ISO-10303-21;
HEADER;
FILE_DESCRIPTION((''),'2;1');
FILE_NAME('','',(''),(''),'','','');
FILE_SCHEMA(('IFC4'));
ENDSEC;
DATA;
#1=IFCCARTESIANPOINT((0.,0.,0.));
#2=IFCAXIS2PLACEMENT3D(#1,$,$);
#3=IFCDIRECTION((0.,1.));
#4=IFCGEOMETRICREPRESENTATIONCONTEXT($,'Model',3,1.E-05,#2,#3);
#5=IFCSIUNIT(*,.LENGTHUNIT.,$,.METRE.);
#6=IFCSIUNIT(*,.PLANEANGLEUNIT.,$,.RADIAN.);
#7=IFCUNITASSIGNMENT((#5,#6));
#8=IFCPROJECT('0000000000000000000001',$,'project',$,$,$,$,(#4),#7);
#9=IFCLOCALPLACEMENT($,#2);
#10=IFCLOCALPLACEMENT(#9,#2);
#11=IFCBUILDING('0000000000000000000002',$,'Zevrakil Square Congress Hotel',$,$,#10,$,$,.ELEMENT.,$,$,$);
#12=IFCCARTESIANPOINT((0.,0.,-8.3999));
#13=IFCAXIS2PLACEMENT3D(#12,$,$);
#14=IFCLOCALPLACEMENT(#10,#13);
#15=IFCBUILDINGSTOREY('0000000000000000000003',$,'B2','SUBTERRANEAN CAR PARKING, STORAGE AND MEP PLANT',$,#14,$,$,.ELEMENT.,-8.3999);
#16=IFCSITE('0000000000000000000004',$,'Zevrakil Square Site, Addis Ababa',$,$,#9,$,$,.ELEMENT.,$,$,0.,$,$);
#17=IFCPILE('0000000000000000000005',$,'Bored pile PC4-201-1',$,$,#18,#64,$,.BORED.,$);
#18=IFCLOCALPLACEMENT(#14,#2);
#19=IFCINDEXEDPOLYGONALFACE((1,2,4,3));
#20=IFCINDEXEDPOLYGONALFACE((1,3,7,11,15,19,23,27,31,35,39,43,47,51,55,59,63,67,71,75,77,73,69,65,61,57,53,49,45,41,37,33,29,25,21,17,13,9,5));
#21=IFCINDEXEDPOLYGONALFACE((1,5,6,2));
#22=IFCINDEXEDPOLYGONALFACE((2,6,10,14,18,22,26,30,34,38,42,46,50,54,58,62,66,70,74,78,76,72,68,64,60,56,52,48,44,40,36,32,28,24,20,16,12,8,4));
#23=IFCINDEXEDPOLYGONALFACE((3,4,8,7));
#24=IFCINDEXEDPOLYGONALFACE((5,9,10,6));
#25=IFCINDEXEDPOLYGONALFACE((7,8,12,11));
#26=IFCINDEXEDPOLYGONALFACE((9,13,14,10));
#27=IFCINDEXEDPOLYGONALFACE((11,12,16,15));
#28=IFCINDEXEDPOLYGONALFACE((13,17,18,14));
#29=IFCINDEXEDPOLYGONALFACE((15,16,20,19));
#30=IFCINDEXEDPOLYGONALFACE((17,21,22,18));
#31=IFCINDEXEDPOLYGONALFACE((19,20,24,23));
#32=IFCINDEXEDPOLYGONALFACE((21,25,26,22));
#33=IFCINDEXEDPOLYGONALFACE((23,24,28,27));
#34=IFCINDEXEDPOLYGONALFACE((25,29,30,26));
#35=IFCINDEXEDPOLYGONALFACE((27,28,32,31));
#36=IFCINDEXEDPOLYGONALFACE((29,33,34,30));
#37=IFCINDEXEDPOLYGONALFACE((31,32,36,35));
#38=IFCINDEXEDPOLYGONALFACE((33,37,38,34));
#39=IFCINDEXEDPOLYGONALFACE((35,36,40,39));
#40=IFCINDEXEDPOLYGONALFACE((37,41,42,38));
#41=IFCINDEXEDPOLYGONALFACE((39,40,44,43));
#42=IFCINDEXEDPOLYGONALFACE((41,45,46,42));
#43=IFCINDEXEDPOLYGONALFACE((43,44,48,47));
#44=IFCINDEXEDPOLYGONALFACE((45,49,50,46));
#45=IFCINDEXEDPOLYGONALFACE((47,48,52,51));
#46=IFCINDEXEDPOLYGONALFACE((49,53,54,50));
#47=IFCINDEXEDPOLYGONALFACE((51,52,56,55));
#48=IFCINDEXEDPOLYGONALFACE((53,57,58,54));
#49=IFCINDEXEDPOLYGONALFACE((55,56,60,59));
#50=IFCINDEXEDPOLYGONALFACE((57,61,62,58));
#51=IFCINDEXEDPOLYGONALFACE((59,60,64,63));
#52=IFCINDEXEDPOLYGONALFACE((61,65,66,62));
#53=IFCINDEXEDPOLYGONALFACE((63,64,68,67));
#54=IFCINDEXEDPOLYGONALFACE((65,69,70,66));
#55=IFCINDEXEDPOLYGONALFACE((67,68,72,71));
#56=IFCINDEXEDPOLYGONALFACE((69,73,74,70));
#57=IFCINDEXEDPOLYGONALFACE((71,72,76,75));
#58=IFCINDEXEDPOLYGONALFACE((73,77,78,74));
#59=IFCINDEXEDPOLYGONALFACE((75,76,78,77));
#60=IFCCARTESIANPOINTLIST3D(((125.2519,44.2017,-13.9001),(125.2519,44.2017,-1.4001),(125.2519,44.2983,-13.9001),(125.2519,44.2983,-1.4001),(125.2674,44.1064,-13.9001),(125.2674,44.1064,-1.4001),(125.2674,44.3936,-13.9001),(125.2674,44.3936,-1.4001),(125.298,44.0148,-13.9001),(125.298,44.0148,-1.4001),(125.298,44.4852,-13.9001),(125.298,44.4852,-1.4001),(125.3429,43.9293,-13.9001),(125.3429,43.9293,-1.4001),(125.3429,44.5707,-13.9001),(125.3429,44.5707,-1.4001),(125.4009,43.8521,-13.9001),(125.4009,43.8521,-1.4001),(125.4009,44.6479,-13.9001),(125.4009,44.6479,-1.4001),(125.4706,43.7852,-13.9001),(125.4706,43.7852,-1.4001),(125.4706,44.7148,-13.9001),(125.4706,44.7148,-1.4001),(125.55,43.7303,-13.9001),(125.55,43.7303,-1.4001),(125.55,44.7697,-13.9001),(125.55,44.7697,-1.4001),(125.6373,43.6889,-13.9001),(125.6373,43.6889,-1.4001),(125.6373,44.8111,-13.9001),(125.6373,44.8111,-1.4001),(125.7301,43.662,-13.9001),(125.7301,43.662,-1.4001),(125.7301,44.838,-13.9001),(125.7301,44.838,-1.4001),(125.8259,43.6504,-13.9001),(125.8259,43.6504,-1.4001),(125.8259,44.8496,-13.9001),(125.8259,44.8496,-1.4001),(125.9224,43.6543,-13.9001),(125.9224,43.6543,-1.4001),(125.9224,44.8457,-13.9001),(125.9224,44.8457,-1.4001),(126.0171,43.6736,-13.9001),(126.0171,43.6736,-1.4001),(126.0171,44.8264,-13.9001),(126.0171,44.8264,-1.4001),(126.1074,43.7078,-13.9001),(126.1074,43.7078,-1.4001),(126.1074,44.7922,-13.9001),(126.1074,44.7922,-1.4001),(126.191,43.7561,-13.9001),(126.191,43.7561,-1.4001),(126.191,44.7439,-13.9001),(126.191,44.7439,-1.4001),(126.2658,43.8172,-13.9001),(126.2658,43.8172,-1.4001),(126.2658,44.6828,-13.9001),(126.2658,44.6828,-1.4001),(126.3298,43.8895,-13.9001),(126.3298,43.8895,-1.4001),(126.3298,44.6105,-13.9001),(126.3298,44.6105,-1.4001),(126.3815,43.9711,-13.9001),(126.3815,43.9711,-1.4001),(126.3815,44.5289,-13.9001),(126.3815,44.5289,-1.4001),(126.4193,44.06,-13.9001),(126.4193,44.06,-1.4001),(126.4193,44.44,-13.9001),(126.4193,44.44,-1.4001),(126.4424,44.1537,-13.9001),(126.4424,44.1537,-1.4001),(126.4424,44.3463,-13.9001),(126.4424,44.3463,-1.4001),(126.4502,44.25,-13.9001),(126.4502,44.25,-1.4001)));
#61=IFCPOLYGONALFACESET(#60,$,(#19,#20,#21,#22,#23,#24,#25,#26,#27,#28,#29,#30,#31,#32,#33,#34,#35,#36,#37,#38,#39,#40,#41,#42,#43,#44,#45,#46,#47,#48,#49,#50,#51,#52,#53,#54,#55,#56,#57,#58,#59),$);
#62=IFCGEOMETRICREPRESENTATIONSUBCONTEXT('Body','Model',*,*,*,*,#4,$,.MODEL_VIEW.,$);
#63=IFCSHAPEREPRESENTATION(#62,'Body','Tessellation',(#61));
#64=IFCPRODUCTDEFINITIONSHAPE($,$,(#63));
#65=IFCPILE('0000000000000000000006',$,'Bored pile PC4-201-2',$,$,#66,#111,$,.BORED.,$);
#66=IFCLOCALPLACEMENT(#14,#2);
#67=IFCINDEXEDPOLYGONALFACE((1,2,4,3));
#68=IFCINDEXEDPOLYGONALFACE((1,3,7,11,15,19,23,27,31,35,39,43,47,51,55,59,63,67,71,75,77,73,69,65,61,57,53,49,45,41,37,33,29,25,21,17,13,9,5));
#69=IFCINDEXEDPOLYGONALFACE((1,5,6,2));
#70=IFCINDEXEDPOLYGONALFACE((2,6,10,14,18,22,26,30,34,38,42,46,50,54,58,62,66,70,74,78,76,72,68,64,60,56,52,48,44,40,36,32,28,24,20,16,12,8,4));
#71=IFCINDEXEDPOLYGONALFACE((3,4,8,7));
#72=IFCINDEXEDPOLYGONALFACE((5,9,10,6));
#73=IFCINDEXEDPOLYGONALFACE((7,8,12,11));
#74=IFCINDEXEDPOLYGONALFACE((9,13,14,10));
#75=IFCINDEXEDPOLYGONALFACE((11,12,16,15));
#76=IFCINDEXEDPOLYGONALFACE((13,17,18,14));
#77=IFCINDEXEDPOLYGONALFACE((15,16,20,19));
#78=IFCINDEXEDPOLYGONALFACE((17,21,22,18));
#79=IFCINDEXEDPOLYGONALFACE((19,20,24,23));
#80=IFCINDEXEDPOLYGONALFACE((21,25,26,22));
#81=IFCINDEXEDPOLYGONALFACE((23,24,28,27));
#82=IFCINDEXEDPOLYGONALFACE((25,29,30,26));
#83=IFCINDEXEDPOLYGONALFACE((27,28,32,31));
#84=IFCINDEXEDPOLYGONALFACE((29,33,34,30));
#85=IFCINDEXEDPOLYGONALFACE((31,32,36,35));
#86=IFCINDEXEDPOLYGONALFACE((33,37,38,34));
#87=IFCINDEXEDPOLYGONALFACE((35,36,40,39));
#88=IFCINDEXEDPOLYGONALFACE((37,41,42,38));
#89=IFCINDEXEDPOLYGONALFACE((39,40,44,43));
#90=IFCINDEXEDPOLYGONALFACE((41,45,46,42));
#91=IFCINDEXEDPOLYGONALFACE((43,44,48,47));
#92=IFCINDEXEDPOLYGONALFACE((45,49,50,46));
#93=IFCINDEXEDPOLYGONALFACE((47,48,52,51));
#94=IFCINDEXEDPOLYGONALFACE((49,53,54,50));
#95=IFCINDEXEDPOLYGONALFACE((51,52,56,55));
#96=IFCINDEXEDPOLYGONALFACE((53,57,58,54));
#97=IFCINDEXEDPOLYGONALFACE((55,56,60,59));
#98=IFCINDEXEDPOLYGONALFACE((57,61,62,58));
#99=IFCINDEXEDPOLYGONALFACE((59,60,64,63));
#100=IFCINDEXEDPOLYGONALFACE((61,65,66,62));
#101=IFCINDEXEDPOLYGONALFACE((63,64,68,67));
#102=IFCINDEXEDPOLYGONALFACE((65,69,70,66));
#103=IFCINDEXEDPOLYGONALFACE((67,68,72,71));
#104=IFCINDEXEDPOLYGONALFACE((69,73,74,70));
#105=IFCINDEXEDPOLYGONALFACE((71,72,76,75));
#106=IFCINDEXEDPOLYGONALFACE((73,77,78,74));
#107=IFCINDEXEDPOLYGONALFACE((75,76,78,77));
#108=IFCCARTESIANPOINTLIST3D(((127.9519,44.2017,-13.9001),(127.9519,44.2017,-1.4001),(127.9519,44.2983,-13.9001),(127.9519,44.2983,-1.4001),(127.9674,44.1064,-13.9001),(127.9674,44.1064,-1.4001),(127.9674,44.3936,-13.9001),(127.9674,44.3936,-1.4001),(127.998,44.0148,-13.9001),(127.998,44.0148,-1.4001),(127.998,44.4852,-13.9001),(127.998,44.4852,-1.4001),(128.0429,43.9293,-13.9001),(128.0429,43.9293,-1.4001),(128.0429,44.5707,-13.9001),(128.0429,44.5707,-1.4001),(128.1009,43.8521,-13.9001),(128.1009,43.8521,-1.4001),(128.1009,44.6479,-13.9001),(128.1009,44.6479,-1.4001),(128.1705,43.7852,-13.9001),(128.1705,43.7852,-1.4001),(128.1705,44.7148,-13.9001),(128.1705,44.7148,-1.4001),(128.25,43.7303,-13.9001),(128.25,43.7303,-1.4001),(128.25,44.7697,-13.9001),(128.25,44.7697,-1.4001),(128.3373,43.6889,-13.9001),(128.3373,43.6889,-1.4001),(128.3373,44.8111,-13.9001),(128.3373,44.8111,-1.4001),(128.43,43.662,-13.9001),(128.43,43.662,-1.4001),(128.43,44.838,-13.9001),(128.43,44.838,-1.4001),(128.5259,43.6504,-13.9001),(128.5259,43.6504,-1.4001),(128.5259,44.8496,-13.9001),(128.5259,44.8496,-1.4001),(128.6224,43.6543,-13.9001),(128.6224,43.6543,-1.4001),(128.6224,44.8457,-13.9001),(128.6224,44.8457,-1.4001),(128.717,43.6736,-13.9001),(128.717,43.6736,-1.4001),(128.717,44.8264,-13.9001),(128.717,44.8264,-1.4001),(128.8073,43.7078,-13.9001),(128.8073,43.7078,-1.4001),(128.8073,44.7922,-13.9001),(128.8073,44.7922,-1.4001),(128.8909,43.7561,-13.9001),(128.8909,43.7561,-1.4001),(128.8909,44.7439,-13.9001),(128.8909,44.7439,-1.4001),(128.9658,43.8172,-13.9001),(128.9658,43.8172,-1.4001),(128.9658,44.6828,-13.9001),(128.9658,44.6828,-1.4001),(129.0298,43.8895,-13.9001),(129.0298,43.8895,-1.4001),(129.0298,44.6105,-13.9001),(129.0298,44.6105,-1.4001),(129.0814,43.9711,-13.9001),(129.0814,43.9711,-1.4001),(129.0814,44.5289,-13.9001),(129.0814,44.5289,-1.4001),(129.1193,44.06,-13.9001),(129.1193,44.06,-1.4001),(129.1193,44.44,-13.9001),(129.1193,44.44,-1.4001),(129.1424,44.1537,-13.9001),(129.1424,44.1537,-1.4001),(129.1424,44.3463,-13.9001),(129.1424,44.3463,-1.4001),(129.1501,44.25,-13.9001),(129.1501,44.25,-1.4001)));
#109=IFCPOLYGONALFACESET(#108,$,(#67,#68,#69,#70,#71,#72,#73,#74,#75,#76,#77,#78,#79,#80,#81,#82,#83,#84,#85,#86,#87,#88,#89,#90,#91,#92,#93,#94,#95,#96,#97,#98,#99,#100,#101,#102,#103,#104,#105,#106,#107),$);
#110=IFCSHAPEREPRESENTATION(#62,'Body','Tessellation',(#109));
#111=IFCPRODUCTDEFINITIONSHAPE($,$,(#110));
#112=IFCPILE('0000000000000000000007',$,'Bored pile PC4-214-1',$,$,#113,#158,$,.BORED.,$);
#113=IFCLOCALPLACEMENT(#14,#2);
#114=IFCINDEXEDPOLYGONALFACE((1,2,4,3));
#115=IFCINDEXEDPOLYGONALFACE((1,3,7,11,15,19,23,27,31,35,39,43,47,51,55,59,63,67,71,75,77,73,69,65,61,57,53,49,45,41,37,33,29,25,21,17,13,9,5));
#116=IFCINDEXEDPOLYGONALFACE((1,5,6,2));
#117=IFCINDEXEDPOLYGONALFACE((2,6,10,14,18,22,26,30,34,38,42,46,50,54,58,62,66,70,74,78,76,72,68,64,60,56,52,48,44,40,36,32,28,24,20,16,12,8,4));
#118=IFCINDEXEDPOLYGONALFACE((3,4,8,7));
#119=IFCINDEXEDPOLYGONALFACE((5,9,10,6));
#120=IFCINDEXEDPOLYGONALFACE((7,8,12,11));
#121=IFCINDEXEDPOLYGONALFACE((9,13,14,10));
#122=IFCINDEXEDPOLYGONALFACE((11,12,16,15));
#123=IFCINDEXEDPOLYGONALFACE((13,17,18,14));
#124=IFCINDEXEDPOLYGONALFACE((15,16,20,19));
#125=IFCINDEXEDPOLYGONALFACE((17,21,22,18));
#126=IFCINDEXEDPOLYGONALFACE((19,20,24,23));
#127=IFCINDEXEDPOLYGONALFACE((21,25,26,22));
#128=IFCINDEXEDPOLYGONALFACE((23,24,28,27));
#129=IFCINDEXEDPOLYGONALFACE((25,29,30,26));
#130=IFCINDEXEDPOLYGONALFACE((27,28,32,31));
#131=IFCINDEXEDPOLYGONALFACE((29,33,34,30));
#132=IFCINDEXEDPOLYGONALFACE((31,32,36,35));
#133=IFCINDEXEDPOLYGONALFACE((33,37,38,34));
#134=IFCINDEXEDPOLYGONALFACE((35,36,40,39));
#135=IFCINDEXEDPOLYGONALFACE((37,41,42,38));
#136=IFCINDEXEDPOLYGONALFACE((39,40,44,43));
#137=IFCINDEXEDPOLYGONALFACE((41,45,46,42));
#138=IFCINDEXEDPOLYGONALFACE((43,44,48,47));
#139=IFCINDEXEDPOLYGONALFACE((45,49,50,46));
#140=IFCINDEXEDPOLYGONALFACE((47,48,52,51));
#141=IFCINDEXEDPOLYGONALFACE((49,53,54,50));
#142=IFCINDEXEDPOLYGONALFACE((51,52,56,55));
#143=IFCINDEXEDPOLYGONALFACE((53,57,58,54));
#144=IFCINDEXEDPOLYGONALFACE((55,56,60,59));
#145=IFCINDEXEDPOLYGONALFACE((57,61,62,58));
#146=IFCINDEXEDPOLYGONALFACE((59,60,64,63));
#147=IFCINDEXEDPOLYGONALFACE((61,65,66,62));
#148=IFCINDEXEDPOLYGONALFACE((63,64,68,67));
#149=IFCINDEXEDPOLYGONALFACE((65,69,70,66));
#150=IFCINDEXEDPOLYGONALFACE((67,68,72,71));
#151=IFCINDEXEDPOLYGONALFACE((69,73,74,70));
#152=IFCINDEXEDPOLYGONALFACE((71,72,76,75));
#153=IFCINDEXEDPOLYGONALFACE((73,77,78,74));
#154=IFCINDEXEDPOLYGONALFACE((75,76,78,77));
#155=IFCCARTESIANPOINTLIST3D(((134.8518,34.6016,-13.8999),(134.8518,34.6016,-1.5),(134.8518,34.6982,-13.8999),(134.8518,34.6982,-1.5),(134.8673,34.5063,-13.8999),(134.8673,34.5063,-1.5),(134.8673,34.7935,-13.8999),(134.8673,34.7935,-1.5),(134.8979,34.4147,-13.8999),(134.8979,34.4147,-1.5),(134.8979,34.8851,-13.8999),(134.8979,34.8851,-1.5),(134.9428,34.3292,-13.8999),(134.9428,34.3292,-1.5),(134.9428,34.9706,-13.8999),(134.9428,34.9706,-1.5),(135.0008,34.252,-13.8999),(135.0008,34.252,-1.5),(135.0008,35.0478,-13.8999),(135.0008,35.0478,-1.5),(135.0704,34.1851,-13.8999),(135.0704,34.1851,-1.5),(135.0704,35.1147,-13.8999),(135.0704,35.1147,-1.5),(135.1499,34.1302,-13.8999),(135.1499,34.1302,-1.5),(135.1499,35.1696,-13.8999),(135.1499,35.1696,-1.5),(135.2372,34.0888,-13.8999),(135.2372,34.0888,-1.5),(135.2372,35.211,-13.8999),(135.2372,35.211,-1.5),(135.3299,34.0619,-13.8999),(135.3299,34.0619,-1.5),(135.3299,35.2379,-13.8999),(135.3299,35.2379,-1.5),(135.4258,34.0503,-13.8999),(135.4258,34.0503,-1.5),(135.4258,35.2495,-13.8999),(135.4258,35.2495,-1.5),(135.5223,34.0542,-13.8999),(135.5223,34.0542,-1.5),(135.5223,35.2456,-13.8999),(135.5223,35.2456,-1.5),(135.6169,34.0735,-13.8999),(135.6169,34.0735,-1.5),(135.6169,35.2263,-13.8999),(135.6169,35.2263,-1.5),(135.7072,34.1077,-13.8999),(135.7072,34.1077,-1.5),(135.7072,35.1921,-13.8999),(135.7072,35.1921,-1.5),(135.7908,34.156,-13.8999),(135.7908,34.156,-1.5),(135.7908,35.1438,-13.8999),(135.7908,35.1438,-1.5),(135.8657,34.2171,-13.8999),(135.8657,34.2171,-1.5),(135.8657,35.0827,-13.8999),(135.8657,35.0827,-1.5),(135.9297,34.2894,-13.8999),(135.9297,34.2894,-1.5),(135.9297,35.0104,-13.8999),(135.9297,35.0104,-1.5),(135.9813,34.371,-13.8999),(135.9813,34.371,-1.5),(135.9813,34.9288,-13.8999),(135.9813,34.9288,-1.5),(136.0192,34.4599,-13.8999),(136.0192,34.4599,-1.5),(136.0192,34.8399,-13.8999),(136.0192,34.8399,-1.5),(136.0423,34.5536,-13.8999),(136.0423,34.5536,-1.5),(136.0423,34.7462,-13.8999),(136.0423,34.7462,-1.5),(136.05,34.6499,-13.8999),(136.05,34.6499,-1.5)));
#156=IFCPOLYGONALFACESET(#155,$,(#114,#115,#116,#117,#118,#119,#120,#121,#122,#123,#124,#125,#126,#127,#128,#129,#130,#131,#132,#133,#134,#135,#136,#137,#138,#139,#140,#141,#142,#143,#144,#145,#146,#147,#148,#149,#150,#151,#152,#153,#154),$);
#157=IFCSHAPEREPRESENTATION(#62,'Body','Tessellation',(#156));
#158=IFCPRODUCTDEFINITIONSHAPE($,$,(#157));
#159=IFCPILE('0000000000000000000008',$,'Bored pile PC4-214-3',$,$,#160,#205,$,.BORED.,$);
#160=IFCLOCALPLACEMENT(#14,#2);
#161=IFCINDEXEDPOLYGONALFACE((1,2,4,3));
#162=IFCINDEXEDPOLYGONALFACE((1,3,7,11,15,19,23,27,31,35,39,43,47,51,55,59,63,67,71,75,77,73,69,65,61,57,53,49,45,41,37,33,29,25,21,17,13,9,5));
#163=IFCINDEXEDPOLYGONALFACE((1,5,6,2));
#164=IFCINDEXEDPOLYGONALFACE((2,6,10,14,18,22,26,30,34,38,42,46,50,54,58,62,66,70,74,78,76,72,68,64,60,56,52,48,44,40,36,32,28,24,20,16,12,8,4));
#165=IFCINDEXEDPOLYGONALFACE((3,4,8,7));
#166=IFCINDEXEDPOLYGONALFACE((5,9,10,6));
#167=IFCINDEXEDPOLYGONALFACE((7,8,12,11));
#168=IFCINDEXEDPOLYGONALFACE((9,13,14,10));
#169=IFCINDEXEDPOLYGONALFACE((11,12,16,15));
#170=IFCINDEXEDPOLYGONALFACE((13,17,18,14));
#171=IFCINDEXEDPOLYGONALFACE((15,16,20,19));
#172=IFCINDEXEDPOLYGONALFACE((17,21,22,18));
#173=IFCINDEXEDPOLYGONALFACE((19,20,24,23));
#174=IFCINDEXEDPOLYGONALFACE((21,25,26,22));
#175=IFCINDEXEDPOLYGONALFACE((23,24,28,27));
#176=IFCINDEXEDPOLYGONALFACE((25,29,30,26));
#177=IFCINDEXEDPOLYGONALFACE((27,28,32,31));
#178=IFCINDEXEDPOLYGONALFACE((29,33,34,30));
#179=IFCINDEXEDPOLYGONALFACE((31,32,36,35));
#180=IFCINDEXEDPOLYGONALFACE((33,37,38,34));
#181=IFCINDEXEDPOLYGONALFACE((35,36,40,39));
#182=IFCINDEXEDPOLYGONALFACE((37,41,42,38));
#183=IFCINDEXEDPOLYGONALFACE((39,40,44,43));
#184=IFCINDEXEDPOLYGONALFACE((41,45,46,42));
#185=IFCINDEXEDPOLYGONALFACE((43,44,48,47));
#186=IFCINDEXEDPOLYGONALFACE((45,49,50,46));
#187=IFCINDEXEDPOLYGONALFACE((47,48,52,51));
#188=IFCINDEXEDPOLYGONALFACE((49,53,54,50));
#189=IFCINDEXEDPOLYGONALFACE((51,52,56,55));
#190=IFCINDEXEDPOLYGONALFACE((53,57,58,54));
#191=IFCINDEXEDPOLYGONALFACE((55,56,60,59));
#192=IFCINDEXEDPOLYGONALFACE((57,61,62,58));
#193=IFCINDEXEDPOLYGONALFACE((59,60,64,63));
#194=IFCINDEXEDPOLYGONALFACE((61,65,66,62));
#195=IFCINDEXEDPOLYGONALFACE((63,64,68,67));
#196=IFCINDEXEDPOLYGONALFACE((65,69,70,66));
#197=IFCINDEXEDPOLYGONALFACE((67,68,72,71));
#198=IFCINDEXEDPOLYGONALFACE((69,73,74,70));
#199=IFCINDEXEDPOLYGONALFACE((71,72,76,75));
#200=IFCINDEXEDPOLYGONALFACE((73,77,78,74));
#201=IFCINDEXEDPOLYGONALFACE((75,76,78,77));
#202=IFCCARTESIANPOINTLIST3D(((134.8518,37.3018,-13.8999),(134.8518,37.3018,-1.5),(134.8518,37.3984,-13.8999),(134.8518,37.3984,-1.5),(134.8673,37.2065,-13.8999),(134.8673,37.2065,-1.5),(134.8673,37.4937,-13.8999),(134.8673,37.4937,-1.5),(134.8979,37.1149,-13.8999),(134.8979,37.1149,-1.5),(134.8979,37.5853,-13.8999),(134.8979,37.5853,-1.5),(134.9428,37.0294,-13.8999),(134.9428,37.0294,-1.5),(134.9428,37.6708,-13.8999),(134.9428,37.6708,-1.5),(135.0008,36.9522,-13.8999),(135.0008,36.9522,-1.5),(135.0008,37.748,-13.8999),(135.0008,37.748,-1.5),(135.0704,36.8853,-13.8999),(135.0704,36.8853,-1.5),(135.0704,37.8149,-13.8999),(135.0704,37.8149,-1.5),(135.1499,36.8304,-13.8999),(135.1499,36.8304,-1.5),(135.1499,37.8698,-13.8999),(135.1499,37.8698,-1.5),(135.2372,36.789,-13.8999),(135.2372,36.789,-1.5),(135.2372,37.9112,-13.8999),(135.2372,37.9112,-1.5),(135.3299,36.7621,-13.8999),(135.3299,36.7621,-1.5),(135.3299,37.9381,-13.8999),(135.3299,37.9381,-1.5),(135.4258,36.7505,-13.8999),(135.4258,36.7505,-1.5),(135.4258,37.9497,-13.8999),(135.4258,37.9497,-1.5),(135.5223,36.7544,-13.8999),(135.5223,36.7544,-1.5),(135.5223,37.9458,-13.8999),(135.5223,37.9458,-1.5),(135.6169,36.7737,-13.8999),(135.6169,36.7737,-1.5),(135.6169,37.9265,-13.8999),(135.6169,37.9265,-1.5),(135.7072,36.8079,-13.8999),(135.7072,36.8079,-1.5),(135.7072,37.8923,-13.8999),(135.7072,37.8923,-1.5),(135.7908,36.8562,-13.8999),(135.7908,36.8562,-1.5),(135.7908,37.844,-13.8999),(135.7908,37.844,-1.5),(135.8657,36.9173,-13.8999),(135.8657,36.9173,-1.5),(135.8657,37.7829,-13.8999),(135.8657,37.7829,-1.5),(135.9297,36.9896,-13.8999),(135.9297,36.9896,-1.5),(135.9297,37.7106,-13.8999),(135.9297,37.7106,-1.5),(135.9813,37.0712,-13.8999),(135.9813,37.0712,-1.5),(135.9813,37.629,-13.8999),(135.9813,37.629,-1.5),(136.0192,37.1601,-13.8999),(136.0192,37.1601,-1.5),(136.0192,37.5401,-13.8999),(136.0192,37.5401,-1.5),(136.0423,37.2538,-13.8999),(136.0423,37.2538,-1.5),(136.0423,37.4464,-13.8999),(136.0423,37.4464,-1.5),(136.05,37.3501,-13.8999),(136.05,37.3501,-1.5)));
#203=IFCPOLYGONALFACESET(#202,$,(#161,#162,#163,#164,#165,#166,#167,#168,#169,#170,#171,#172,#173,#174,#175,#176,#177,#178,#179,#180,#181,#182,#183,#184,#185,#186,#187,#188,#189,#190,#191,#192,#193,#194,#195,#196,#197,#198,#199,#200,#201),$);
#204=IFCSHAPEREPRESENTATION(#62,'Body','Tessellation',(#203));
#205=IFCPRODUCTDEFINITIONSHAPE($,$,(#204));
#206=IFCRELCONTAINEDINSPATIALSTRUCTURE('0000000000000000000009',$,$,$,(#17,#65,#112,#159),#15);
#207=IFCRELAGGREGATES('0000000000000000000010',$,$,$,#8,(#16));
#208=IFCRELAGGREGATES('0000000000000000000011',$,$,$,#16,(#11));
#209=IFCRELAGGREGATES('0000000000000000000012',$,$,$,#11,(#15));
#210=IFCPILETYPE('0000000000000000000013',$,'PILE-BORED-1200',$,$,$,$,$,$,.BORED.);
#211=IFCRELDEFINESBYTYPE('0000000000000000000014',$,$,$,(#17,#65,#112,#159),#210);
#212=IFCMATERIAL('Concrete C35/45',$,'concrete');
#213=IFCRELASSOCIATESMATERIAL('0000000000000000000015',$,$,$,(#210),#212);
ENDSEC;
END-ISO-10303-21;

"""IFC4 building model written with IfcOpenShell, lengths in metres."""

from ifc_helpers import new_model, si_unit, direction, frame, origin, origin_2d, place, context, subcontext, project, spatial, circle, extrude, material, material_profile, profile_set, type_object, element, save


model = new_model("IFC4")

# Units and contexts
model_context = context("Model", 3, precision=1e-05, world=origin(), true_north=direction((0.0, 1.0)))
body_context = subcontext(model_context, "Body", "Model", "MODEL_VIEW")
ifc_project = project(units=[si_unit("LENGTHUNIT", "METRE"), si_unit("PLANEANGLEUNIT", "RADIAN")], contexts=[model_context])

# Site, building, storey
site_placement = place(None, origin())
site = spatial("IfcSite", under=ifc_project, at=site_placement, Name="Zevrakil Square Site, Addis Ababa", CompositionType="ELEMENT", RefElevation=0.0)
building_placement = place(site_placement, origin())
building = spatial("IfcBuilding", under=site, at=building_placement, Name="Zevrakil Square Congress Hotel", CompositionType="ELEMENT")
storey_placement = place(building_placement, frame((0.0, 0.0, -8.3999)))
storey = spatial("IfcBuildingStorey", under=building, at=storey_placement, Name="B2", Description="SUBTERRANEAN CAR PARKING, STORAGE AND MEP PLANT", CompositionType="ELEMENT", Elevation=-8.3999)

# Piles
ifc_material_1 = material(Name="Concrete C35/45", Category="concrete")
ifc_material_profile_1 = material_profile(ifc_material_1, circle(Radius=0.6001, at=origin_2d()), Name="PILE D1200")
ifc_profile_set_1 = profile_set([ifc_material_profile_1], Name="Concrete C35/45")
pile_type_1 = type_object("IfcPileType", Name="PILE-BORED-1200", PredefinedType="BORED", material=ifc_profile_set_1)
for number, where, z_axis, x_axis, name in (
    (1, (125.8501, 44.25, -1.4001), (0.0, 0.0, -1.0), (1.0, 0.0, 0.0), "Bored pile PC4-201-1"),
    (2, (128.55, 44.25, -1.4001), (0.0, 0.0, -1.0), (1.0, 0.0, 0.0), "Bored pile PC4-201-2"),
):
    element("IfcPile", number, at=place(storey_placement, frame(where, z_axis=z_axis, x_axis=x_axis)), inside=storey, type_object=pile_type_1, Name=name, PredefinedType="BORED", context=body_context, shape_type="SweptSolid", body=[
        extrude(circle(Radius=0.6001, at=origin_2d()), origin(), (0.0, 0.0, 1.0), 12.5),
    ])
for number, where, z_axis, x_axis, name in (
    (3, (135.45, 34.6499, -1.5), (0.0, 0.0, -1.0), (1.0, 0.0, 0.0), "Bored pile PC4-214-1"),
    (4, (135.45, 37.3501, -1.5), (0.0, 0.0, -1.0), (1.0, 0.0, 0.0), "Bored pile PC4-214-3"),
):
    element("IfcPile", number, at=place(storey_placement, frame(where, z_axis=z_axis, x_axis=x_axis)), inside=storey, type_object=pile_type_1, Name=name, PredefinedType="BORED", context=body_context, shape_type="SweptSolid", body=[
        extrude(circle(Radius=0.6001, at=origin_2d()), origin(), (0.0, 0.0, 1.0), 12.3999),
    ])

save(model, "model.ifc")
